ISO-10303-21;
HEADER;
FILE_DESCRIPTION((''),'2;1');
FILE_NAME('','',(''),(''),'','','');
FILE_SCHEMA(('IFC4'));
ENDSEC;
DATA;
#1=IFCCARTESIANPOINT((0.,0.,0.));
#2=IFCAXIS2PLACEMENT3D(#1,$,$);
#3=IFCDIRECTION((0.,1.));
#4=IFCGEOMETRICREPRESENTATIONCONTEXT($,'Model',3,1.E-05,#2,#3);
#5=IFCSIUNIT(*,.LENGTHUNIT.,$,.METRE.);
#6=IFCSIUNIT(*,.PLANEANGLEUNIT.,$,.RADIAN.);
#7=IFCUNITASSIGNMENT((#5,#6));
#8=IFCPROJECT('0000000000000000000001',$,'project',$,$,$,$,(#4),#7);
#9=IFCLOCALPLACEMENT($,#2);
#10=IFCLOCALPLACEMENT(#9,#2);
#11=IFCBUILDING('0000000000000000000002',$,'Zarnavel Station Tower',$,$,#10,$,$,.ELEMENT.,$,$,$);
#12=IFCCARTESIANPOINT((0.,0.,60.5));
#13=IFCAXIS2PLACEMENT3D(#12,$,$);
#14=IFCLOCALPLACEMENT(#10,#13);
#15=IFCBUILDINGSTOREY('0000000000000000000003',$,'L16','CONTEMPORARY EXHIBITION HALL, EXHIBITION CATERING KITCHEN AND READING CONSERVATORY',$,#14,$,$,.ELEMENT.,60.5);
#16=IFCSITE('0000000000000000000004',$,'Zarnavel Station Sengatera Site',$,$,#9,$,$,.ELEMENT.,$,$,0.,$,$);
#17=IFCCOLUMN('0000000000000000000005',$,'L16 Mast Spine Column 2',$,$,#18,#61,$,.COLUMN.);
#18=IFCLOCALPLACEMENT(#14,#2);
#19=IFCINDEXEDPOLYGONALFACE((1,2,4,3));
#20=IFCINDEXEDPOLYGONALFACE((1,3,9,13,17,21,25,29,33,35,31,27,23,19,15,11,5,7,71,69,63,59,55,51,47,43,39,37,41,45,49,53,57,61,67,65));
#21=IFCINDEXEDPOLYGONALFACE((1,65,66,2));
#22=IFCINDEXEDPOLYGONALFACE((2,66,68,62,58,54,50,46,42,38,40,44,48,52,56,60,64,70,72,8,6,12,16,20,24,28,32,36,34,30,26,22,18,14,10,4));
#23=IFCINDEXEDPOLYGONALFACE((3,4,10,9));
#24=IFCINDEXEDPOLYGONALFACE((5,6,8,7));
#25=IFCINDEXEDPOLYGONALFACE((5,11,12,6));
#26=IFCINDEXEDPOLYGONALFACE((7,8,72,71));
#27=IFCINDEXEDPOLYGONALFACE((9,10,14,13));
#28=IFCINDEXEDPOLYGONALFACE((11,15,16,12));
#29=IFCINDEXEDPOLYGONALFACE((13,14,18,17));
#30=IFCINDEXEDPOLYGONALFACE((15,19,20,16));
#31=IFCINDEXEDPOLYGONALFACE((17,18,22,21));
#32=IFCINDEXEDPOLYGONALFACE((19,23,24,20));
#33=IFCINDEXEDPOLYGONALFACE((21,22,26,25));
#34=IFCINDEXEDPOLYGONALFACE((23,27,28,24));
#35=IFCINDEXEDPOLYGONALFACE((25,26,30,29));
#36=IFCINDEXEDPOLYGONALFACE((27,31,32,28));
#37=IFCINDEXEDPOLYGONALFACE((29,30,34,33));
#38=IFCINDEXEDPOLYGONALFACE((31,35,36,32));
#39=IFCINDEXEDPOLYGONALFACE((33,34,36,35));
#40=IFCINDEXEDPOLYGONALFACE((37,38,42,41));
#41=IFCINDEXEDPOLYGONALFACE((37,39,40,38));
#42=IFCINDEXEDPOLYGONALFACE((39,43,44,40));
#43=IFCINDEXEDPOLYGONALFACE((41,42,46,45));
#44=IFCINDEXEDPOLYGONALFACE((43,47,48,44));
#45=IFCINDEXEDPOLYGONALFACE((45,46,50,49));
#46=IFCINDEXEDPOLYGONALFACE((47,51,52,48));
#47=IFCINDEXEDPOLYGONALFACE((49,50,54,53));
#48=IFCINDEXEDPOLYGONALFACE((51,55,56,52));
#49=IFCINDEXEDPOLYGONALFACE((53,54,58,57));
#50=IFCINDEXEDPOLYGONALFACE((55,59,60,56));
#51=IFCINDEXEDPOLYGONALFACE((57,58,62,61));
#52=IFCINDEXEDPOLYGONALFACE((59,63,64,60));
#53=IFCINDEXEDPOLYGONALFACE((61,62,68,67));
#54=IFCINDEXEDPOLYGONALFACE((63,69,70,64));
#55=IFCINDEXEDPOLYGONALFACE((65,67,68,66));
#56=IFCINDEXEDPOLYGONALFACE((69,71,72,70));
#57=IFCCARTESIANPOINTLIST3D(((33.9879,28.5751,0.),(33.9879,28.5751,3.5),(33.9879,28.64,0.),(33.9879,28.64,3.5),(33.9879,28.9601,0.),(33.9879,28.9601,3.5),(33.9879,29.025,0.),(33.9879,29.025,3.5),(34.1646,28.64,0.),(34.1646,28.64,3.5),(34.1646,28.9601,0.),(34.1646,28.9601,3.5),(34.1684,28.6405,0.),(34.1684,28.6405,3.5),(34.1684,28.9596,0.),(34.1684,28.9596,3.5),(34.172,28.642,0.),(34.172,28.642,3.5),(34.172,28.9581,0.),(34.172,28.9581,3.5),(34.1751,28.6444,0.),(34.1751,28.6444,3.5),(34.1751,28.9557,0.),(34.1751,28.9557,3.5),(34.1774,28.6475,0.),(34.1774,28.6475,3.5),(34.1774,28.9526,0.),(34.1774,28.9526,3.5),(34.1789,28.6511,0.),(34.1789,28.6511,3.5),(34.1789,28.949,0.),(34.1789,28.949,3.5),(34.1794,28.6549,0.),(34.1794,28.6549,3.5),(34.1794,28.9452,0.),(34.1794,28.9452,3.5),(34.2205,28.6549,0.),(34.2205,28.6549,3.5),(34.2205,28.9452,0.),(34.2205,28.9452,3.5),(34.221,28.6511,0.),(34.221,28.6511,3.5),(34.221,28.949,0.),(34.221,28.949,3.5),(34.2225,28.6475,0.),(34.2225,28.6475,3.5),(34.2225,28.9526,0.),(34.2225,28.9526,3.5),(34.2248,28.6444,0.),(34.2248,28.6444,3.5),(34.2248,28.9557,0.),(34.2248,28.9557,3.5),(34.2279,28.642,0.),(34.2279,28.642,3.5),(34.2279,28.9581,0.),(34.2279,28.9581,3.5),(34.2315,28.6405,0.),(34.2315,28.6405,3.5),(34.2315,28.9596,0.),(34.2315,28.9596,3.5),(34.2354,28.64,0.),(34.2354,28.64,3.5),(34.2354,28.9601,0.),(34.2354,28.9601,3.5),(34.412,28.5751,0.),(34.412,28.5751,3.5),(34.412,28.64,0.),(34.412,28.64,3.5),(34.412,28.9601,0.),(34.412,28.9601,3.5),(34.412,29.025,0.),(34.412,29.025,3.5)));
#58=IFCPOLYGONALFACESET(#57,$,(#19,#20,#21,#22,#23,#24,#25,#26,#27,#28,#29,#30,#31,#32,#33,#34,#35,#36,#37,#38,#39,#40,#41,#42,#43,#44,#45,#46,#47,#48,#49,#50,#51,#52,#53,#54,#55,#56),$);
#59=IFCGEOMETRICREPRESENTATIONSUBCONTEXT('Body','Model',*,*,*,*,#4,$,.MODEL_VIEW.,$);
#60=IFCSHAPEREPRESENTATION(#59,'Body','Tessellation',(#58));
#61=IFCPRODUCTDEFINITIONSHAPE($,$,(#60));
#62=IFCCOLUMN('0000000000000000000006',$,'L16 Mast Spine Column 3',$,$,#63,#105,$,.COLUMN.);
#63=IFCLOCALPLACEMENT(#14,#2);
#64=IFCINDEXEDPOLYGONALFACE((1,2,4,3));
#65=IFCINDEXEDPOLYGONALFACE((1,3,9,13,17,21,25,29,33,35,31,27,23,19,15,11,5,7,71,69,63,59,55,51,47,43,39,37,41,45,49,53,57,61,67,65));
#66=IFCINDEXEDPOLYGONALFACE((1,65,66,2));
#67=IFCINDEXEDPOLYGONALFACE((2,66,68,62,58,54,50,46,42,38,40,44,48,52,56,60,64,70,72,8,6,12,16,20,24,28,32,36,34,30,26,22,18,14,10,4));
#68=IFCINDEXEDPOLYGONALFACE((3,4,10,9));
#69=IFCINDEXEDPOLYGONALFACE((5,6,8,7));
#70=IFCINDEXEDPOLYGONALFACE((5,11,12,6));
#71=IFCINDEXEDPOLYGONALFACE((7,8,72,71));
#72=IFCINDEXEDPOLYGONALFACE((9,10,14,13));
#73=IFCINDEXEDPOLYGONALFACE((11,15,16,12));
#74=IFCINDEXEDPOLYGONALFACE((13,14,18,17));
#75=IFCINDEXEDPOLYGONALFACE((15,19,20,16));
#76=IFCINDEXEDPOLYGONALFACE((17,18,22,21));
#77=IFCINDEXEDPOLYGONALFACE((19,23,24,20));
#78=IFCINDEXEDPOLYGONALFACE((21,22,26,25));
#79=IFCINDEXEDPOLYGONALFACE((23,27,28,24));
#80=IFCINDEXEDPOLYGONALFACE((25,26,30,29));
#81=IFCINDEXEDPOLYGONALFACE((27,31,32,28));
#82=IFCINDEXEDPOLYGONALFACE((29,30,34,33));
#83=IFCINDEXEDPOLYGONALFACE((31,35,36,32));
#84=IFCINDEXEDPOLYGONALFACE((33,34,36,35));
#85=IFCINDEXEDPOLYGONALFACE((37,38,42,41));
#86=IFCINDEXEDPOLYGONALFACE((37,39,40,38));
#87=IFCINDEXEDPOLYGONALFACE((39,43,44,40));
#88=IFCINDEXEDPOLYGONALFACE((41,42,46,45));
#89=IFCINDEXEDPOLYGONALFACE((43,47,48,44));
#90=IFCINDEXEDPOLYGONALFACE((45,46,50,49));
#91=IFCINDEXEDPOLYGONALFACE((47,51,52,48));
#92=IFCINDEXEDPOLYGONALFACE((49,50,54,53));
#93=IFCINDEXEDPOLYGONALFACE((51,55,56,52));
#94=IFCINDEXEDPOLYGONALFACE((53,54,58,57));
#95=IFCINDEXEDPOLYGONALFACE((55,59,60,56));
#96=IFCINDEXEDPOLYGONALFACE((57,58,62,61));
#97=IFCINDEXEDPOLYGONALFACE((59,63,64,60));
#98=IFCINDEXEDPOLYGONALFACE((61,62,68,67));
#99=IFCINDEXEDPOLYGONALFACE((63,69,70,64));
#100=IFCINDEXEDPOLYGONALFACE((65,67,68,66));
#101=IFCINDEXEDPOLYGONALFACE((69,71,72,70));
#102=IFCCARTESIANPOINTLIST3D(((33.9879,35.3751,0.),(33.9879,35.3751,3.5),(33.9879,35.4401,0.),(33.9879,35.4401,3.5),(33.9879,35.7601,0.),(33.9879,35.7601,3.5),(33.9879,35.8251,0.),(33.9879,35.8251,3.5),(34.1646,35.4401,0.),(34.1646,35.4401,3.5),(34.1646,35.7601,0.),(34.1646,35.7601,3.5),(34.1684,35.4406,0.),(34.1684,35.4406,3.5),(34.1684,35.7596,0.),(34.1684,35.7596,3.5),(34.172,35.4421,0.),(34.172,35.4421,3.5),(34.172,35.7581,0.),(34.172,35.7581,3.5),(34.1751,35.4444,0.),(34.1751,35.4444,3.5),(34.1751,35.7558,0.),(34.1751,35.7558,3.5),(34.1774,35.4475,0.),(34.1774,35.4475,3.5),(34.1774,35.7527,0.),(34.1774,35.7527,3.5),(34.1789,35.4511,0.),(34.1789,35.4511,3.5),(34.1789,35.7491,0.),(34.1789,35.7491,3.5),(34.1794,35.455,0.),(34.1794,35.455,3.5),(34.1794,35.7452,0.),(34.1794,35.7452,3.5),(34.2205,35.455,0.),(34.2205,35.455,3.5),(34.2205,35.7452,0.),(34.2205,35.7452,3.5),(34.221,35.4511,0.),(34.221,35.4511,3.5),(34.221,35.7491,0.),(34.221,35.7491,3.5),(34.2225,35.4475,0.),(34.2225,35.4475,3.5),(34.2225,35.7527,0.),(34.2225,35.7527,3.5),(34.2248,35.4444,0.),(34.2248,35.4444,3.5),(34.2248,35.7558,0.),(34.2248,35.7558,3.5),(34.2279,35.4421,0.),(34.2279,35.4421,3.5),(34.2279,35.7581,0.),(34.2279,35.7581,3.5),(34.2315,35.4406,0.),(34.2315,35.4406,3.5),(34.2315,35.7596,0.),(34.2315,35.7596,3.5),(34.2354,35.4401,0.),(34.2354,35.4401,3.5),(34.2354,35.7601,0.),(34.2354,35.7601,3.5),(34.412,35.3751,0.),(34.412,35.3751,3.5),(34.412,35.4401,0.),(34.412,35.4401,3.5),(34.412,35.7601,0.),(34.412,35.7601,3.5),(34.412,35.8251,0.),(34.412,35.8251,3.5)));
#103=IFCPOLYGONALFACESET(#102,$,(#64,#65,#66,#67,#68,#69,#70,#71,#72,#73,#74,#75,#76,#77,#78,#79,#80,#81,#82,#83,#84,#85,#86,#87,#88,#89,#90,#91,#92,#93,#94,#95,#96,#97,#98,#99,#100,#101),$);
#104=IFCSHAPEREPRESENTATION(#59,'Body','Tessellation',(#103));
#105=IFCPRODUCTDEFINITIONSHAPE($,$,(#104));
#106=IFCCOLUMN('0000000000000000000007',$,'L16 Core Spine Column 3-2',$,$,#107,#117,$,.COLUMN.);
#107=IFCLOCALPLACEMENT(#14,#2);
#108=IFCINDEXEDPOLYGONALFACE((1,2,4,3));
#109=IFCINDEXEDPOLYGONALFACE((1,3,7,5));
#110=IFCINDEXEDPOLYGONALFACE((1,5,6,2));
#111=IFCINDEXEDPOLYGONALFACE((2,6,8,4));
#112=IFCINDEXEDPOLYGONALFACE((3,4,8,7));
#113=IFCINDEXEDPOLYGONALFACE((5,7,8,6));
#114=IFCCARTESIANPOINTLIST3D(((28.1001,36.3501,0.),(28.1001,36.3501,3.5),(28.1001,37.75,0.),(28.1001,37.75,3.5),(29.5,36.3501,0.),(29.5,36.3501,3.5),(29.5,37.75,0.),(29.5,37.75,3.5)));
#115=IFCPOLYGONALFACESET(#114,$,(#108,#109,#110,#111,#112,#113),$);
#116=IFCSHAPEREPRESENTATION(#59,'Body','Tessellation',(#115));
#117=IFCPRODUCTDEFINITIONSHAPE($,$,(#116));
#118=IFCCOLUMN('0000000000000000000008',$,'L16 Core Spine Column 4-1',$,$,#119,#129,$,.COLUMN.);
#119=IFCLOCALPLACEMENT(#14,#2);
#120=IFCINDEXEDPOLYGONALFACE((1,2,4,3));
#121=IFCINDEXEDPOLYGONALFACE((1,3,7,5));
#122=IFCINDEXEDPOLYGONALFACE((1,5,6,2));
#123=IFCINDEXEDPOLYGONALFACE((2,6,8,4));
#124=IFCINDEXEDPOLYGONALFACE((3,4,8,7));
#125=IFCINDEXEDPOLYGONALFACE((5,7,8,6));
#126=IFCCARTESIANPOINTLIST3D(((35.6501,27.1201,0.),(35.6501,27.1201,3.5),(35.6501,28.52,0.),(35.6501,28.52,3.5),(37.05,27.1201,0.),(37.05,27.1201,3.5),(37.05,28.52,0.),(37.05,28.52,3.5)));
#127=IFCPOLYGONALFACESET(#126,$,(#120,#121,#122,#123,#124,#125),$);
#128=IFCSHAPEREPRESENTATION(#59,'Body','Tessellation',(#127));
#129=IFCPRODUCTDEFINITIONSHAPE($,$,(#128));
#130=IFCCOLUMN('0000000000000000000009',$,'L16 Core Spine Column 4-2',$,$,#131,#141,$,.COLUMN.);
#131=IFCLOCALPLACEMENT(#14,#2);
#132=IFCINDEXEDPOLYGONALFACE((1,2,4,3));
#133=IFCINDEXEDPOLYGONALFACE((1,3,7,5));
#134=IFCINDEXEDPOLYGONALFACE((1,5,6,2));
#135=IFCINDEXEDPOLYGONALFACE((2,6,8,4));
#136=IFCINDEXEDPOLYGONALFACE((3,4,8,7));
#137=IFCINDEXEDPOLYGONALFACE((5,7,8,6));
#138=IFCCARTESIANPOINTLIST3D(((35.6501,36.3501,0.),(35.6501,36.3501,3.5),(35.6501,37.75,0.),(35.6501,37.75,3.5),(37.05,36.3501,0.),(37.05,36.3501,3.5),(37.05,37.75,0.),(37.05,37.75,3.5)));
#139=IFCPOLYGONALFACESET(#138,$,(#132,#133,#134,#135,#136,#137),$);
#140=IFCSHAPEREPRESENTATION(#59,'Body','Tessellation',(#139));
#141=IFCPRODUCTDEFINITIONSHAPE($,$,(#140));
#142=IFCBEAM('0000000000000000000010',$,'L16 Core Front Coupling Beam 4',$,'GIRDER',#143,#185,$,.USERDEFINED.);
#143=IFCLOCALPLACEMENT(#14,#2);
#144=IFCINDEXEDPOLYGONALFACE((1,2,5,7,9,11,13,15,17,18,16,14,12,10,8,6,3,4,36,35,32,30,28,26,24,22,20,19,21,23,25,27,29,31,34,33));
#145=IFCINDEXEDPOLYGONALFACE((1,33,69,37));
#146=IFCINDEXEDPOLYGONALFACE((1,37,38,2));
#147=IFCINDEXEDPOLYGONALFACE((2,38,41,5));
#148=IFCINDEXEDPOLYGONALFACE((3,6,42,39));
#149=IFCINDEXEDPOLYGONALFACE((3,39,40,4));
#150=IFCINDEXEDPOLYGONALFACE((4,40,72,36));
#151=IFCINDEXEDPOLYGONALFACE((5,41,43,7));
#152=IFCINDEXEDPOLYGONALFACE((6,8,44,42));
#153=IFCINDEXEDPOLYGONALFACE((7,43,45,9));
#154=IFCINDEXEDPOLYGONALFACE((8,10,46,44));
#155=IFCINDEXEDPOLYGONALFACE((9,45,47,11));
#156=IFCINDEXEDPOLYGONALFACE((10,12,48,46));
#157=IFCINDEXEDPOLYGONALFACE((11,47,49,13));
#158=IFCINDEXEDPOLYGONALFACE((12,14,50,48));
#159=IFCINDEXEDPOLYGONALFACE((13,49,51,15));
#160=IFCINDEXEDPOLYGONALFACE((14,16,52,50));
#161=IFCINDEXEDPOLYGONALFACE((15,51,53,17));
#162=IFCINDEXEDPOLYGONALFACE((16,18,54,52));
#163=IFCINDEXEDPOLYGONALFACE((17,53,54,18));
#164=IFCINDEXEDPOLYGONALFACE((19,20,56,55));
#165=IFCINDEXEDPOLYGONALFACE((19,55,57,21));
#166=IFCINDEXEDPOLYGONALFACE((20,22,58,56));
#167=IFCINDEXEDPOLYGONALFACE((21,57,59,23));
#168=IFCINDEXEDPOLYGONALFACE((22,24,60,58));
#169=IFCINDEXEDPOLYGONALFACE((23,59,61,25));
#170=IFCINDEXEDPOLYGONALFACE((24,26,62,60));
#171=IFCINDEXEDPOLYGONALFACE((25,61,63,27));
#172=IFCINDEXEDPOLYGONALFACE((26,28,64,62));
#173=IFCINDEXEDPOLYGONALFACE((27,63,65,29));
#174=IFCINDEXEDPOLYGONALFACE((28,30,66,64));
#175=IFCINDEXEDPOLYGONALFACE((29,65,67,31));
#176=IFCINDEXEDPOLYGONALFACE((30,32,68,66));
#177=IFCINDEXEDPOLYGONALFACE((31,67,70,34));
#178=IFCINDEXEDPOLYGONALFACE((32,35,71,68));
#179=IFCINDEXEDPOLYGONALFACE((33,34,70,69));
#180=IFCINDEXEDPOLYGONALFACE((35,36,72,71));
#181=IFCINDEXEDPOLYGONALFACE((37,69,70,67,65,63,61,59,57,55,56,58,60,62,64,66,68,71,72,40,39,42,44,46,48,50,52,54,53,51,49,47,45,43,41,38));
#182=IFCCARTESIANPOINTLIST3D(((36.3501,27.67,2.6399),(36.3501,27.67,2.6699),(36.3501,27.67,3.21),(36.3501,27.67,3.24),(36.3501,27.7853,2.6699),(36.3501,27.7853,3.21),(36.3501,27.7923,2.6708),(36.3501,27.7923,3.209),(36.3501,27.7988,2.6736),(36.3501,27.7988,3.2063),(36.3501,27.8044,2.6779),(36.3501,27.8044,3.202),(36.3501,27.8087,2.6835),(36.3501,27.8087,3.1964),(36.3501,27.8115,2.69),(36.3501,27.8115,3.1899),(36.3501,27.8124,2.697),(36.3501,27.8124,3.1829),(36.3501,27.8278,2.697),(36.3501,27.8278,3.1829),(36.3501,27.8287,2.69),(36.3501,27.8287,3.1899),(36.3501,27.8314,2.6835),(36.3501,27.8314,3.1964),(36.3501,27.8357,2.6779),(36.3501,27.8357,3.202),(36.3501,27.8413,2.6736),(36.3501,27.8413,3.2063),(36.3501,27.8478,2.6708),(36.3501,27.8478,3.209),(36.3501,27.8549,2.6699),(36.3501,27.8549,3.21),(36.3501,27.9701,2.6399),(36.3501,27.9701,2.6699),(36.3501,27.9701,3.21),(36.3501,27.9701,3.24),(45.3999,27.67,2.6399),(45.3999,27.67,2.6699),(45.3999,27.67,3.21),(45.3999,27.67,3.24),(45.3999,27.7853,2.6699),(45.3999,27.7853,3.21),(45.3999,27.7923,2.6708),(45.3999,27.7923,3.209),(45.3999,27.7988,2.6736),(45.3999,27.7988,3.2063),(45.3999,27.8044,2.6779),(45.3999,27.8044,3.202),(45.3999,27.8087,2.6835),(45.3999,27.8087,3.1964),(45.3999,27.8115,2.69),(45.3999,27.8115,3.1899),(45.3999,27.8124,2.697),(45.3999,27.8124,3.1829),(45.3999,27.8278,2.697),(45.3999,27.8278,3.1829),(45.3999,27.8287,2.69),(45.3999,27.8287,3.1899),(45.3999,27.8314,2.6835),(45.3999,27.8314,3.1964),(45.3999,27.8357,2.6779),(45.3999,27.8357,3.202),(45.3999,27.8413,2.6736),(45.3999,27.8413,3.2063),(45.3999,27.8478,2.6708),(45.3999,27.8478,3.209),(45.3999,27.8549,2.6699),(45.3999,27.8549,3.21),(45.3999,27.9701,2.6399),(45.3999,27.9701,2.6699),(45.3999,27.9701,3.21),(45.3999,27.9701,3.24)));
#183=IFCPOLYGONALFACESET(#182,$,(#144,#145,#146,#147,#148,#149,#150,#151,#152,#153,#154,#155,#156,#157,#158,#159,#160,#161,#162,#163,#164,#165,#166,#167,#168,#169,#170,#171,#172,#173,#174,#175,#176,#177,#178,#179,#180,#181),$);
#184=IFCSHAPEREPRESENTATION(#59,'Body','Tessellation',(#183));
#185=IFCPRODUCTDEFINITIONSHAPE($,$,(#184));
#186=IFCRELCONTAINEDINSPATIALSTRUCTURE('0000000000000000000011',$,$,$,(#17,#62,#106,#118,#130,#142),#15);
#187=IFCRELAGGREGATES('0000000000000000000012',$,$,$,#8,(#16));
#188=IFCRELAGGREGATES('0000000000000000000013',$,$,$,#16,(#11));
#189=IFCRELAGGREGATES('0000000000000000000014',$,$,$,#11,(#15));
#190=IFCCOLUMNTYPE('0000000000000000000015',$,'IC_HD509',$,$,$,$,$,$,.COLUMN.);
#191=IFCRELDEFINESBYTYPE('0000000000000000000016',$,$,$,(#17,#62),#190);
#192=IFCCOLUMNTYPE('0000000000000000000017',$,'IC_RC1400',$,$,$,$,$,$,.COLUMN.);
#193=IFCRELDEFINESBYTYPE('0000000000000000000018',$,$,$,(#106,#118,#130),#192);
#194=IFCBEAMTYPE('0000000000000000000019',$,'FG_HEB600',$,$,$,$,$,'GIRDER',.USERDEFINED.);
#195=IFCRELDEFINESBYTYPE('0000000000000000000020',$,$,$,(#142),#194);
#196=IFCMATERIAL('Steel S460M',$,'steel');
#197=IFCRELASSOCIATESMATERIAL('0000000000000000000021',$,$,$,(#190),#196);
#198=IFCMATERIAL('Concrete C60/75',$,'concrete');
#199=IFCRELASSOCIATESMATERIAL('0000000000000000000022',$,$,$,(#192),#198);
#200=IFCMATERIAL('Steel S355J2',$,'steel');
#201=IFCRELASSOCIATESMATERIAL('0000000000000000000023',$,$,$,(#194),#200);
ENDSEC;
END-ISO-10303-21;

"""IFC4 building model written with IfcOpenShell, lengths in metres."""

from ifc_helpers import new_model, si_unit, direction, frame, origin, origin_2d, place, context, subcontext, project, spatial, rectangle, i_section, extrude, material, material_profile, profile_set, type_object, element, save


model = new_model("IFC4")

# Units and contexts
model_context = context("Model", 3, precision=1e-05, world=origin(), true_north=direction((0.0, 1.0)))
body_context = subcontext(model_context, "Body", "Model", "MODEL_VIEW")
ifc_project = project(units=[si_unit("LENGTHUNIT", "METRE"), si_unit("PLANEANGLEUNIT", "RADIAN")], contexts=[model_context])

# Site, building, storey
site_placement = place(None, origin())
site = spatial("IfcSite", under=ifc_project, at=site_placement, Name="Zarnavel Station Sengatera Site", CompositionType="ELEMENT", RefElevation=0.0)
building_placement = place(site_placement, origin())
building = spatial("IfcBuilding", under=site, at=building_placement, Name="Zarnavel Station Tower", CompositionType="ELEMENT")
storey_placement = place(building_placement, frame((0.0, 0.0, 60.5)))
storey = spatial("IfcBuildingStorey", under=building, at=storey_placement, Name="L16", Description="CONTEMPORARY EXHIBITION HALL, EXHIBITION CATERING KITCHEN AND READING CONSERVATORY", CompositionType="ELEMENT", Elevation=60.5)

# Columns
ifc_material_1 = material(Name="Steel S460M", Category="steel")
ifc_material_profile_1 = material_profile(ifc_material_1, i_section(OverallWidth=0.4241, OverallDepth=0.45, WebThickness=0.041, FlangeThickness=0.0649, FilletRadius=0.0149, at=origin_2d()), Name="HD400x509")
ifc_profile_set_1 = profile_set([ifc_material_profile_1], Name="Steel S460M")
column_type_1 = type_object("IfcColumnType", Name="IC_HD509", PredefinedType="COLUMN", material=ifc_profile_set_1)
for number, where, z_axis, x_axis, name in (
    (1, (34.2, 28.8, 0.0), (0.0, 0.0, 1.0), (1.0, 0.0, 0.0), "L16 Mast Spine Column 2"),
    (2, (34.2, 35.6001, 0.0), (0.0, 0.0, 1.0), (1.0, 0.0, 0.0), "L16 Mast Spine Column 3"),
):
    element("IfcColumn", number, at=place(storey_placement, frame(where, z_axis=z_axis, x_axis=x_axis)), inside=storey, type_object=column_type_1, Name=name, PredefinedType="COLUMN", context=body_context, shape_type="SweptSolid", body=[
        extrude(i_section(OverallWidth=0.4241, OverallDepth=0.45, WebThickness=0.041, FlangeThickness=0.0649, FilletRadius=0.0149, at=origin_2d()), origin(), (0.0, 0.0, 1.0), 3.5),
    ])
ifc_material_2 = material(Name="Concrete C60/75", Category="concrete")
ifc_material_profile_2 = material_profile(ifc_material_2, rectangle(XDim=1.3999, YDim=1.3999, at=origin_2d()), Name="RC1400x1400")
ifc_profile_set_2 = profile_set([ifc_material_profile_2], Name="Concrete C60/75")
column_type_2 = type_object("IfcColumnType", Name="IC_RC1400", PredefinedType="COLUMN", material=ifc_profile_set_2)
for number, where, z_axis, x_axis, name in (
    (3, (28.8, 37.05, 0.0), (0.0, 0.0, 1.0), (1.0, 0.0, 0.0), "L16 Core Spine Column 3-2"),
    (4, (36.3501, 27.8201, 0.0), (0.0, 0.0, 1.0), (1.0, 0.0, 0.0), "L16 Core Spine Column 4-1"),
    (5, (36.3501, 37.05, 0.0), (0.0, 0.0, 1.0), (1.0, 0.0, 0.0), "L16 Core Spine Column 4-2"),
):
    element("IfcColumn", number, at=place(storey_placement, frame(where, z_axis=z_axis, x_axis=x_axis)), inside=storey, type_object=column_type_2, Name=name, PredefinedType="COLUMN", context=body_context, shape_type="SweptSolid", body=[
        extrude(rectangle(XDim=1.3999, YDim=1.3999, at=origin_2d()), origin(), (0.0, 0.0, 1.0), 3.5),
    ])

# Beam
ifc_material_3 = material(Name="Steel S355J2", Category="steel")
ifc_material_profile_3 = material_profile(ifc_material_3, i_section(OverallWidth=0.3, OverallDepth=0.6001, WebThickness=0.0154, FlangeThickness=0.03, FilletRadius=0.0271, at=origin_2d()), Name="HEB600")
ifc_profile_set_3 = profile_set([ifc_material_profile_3], Name="Steel S355J2")
beam_type_1 = type_object("IfcBeamType", Name="FG_HEB600", ElementType="GIRDER", PredefinedType="USERDEFINED", material=ifc_profile_set_3)
beam_1_placement = place(storey_placement, frame((36.3501, 27.8201, 2.9399), z_axis=(1.0, 0.0, 0.0), x_axis=(0.0, 1.0, 0.0)))
element("IfcBeam", 6, at=beam_1_placement, inside=storey, type_object=beam_type_1, Name="L16 Core Front Coupling Beam 4", ObjectType="GIRDER", PredefinedType="USERDEFINED", context=body_context, shape_type="SweptSolid", body=[
    extrude(i_section(OverallWidth=0.3, OverallDepth=0.6001, WebThickness=0.0154, FlangeThickness=0.03, FilletRadius=0.0271, at=origin_2d()), origin(), (0.0, 0.0, 1.0), 9.0498),
])

save(model, "model.ifc")
